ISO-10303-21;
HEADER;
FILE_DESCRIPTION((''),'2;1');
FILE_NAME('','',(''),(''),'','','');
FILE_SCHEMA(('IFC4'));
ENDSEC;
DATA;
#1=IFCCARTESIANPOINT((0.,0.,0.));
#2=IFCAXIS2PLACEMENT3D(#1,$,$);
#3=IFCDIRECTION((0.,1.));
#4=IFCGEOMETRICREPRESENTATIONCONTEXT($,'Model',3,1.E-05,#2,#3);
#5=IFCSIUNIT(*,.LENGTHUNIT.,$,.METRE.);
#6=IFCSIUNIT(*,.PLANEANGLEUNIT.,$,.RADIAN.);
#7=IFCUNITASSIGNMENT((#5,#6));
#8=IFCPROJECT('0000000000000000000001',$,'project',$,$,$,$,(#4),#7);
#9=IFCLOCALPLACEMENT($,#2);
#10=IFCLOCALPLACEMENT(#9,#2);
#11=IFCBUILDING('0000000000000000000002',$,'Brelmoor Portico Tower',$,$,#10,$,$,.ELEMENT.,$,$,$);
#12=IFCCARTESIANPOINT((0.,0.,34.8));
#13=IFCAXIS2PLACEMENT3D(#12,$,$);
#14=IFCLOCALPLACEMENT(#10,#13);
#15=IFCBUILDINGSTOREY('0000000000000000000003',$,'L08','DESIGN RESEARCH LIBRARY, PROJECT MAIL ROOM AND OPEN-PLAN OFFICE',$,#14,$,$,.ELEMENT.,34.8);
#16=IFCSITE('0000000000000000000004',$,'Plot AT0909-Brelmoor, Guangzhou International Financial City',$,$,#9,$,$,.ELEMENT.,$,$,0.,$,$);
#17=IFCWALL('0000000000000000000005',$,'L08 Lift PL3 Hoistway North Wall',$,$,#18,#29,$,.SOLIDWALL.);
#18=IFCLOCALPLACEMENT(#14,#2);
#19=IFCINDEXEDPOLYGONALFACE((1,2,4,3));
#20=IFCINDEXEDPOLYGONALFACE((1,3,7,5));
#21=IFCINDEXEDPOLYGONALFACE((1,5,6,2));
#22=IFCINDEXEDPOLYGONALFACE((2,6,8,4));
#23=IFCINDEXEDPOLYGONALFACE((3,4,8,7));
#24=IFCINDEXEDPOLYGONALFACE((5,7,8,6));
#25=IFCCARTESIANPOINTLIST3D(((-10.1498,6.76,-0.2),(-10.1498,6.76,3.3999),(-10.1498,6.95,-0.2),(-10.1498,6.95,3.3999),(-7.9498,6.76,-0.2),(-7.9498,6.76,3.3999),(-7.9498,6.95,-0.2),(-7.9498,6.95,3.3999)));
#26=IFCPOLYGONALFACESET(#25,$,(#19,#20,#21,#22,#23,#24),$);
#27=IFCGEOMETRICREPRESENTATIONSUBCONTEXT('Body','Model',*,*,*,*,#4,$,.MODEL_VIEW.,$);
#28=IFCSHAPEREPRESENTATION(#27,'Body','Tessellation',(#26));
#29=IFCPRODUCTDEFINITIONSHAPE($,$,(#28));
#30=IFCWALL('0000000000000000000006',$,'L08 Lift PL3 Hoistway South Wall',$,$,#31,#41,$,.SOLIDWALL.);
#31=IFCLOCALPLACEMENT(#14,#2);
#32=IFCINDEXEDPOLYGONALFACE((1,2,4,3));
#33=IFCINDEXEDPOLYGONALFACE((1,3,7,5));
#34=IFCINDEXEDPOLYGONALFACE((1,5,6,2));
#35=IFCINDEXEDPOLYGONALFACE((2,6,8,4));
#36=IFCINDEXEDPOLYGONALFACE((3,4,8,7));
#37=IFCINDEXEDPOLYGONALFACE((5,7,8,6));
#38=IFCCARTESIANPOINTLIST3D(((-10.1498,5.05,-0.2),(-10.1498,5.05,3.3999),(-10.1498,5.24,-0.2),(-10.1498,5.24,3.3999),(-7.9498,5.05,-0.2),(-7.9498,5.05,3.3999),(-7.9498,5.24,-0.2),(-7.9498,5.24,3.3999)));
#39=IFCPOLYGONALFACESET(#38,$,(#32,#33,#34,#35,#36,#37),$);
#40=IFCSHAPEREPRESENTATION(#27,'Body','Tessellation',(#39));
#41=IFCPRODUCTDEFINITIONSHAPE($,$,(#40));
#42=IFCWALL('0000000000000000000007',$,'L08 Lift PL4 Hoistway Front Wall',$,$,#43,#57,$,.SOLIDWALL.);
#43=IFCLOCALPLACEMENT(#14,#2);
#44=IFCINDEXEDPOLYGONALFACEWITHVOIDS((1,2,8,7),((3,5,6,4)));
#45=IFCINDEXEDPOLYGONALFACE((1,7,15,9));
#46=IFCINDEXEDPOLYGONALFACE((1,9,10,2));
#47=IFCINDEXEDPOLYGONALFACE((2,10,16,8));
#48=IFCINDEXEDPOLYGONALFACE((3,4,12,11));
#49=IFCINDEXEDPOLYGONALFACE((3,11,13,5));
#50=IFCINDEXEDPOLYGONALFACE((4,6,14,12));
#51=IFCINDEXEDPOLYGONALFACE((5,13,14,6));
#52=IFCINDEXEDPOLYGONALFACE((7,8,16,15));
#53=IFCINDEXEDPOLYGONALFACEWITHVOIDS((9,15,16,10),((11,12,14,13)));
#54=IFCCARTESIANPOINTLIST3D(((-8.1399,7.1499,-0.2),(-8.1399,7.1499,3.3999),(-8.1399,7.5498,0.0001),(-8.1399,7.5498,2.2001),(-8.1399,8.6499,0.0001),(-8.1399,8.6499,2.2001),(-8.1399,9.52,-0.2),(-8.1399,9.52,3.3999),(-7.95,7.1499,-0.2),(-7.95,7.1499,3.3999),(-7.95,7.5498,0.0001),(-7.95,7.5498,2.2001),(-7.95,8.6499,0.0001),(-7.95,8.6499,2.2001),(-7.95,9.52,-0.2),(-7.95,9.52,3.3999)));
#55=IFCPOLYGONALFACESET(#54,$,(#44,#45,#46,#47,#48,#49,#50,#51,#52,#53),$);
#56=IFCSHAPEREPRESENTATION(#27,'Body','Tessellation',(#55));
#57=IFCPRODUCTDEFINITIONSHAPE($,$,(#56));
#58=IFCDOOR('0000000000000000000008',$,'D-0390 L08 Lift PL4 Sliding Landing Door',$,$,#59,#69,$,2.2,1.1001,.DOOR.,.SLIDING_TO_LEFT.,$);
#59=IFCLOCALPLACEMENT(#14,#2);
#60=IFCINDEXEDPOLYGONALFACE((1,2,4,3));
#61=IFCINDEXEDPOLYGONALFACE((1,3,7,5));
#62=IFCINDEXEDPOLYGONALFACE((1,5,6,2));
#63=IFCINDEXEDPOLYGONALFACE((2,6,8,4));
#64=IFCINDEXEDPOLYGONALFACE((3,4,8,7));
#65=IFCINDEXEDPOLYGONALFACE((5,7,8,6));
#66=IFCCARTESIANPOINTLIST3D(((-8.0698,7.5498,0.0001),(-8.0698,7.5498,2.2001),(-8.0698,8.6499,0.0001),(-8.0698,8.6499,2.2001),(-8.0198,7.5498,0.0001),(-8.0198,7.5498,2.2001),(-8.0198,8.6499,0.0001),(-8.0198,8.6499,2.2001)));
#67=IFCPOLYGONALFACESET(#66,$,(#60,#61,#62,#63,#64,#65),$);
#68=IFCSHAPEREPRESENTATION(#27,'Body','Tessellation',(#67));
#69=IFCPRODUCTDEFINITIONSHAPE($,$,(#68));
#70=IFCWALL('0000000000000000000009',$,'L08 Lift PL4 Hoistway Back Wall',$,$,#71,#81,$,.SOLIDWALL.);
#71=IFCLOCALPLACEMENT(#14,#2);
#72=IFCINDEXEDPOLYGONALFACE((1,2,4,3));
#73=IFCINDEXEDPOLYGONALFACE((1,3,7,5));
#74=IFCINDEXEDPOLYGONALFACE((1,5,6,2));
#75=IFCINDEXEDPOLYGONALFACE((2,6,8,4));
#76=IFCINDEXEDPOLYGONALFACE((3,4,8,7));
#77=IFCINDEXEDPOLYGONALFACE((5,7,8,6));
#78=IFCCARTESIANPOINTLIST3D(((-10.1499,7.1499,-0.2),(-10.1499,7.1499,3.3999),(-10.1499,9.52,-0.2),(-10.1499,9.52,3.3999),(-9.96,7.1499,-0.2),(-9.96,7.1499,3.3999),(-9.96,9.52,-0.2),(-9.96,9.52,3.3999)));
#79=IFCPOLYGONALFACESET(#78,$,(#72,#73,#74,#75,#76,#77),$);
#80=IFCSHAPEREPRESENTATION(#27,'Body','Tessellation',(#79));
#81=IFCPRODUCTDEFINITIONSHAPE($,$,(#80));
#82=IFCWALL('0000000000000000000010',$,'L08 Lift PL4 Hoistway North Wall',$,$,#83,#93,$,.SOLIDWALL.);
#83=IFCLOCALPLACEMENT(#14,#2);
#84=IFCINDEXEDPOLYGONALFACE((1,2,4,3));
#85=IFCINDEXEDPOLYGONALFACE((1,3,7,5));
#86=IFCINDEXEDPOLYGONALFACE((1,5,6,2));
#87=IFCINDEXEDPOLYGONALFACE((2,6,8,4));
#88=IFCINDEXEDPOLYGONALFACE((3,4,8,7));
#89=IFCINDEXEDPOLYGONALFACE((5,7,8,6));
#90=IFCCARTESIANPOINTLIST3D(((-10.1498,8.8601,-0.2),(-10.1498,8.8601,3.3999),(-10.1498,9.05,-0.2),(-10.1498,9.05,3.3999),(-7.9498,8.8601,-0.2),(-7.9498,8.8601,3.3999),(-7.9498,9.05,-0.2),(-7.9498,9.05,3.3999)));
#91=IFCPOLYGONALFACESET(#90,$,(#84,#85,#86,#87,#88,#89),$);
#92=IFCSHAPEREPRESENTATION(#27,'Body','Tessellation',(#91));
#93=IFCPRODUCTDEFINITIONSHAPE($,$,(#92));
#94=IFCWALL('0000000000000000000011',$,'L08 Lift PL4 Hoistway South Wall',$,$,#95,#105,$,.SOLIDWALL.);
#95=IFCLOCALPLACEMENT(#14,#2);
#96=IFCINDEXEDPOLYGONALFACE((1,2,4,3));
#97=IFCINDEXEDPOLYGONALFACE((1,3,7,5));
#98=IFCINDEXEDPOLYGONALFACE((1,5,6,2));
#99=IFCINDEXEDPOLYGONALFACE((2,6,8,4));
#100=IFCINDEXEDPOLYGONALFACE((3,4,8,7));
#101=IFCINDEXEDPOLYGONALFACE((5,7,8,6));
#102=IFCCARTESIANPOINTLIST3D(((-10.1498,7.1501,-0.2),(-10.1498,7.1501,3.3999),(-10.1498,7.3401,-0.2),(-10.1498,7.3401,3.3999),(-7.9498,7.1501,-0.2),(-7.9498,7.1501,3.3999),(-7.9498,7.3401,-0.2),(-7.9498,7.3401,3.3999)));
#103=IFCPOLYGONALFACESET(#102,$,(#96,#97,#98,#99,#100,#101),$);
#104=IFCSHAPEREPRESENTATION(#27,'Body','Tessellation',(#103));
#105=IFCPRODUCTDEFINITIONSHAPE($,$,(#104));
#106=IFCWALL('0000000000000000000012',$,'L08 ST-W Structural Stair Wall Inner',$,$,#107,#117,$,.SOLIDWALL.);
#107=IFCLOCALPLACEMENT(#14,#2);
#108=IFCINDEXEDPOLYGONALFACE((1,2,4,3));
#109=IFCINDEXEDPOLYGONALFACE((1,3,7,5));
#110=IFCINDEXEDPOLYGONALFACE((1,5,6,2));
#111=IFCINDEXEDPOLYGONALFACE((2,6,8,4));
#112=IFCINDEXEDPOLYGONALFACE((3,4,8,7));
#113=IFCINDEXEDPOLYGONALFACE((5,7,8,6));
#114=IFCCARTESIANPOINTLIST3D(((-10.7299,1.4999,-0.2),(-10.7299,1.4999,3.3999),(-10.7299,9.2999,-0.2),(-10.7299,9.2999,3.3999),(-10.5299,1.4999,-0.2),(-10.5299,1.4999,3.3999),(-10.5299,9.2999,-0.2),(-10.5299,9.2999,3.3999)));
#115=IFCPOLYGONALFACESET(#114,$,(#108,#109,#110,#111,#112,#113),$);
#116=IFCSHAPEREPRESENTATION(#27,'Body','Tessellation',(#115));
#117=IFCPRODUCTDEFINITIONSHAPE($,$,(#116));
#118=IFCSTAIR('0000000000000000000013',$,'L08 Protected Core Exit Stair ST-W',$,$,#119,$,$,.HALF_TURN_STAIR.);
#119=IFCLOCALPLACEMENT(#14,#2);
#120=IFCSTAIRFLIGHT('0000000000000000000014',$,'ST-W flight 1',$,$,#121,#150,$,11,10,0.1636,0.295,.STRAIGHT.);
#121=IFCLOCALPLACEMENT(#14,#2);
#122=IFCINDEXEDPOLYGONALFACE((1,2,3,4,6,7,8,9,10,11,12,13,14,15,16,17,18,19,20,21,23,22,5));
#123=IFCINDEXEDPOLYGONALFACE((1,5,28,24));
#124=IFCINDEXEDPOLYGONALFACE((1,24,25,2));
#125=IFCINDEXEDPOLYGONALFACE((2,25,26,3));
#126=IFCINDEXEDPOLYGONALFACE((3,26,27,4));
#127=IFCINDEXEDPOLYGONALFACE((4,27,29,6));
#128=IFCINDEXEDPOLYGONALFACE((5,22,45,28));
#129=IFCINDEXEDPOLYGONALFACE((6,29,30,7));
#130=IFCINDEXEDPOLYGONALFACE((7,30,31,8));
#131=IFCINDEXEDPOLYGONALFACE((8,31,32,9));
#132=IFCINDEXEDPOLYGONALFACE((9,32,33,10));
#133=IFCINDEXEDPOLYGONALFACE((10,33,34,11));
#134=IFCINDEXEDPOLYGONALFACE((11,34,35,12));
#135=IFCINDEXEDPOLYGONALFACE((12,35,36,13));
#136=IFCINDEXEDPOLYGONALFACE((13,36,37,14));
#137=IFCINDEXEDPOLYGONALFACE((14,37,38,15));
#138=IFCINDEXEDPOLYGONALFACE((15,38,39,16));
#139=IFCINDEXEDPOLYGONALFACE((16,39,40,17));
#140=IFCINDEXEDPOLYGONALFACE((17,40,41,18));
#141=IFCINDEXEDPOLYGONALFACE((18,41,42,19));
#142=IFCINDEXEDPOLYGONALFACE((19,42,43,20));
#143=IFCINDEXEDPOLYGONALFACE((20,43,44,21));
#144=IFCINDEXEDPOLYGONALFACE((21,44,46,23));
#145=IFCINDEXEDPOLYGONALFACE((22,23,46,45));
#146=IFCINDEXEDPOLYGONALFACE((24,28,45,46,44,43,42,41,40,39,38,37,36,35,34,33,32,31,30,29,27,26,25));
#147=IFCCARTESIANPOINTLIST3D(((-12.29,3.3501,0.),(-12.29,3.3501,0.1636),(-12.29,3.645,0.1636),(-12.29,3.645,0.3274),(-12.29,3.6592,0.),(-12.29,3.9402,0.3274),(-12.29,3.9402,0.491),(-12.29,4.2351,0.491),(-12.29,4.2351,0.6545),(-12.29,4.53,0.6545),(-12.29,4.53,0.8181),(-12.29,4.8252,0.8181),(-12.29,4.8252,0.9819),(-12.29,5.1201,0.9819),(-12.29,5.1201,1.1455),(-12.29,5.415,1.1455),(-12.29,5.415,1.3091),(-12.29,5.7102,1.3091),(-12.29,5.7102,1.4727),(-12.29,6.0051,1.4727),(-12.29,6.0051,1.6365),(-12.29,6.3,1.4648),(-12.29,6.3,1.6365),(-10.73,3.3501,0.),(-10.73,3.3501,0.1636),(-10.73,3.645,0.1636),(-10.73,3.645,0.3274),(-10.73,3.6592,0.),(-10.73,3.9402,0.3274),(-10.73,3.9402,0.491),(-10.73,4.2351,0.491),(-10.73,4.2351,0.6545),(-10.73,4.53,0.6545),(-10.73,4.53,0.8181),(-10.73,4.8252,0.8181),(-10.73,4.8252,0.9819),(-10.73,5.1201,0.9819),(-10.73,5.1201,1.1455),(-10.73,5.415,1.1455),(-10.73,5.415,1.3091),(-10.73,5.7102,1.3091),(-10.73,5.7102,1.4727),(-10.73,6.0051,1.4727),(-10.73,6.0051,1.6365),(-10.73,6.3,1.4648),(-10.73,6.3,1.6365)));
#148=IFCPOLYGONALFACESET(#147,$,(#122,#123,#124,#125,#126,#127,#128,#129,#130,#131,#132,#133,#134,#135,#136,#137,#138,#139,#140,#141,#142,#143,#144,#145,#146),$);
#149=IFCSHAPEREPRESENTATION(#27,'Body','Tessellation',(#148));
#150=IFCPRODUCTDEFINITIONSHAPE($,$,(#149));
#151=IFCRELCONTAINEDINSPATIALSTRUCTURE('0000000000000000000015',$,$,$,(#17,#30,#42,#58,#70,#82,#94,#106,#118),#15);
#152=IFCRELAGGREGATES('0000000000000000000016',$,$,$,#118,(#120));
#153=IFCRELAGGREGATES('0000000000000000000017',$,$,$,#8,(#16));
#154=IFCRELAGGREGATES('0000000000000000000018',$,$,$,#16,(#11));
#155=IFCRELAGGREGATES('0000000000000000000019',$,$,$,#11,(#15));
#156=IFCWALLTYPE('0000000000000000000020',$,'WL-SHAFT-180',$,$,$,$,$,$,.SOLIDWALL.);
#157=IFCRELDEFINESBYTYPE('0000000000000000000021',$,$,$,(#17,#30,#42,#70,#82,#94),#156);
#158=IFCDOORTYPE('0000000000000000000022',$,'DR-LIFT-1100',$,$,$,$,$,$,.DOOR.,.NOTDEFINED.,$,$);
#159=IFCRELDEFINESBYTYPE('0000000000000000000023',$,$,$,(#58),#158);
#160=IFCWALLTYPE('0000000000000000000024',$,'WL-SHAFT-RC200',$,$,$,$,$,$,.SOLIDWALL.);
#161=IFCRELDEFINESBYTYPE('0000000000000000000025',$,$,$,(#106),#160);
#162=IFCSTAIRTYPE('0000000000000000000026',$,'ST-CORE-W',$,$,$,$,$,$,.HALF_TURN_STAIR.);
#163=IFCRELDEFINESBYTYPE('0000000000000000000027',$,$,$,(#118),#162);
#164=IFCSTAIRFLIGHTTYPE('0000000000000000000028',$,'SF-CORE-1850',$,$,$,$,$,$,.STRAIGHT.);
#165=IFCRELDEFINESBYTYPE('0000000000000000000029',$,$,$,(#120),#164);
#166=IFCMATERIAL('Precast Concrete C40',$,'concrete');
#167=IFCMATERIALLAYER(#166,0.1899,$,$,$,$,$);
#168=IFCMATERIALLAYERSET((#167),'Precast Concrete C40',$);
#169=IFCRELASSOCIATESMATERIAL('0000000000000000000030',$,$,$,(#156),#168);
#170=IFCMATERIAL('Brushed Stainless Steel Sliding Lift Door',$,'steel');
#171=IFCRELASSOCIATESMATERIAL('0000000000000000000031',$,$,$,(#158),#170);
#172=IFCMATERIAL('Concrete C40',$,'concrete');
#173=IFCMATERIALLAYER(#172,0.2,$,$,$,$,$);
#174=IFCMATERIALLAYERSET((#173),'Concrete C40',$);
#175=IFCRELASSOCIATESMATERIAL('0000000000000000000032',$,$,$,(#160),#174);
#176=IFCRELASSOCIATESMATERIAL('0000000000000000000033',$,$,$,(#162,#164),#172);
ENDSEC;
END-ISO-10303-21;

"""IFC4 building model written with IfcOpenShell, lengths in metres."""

from ifc_helpers import new_model, si_unit, direction, frame, frame_2d, origin, place, context, subcontext, project, spatial, polyline, rectangle, outline, extrude, material, layer, layer_set, type_object, element, fill, aggregate, save


model = new_model("IFC4")

# Units and contexts
model_context = context("Model", 3, precision=1e-05, world=origin(), true_north=direction((0.0, 1.0)))
body_context = subcontext(model_context, "Body", "Model", "MODEL_VIEW")
ifc_project = project(units=[si_unit("LENGTHUNIT", "METRE"), si_unit("PLANEANGLEUNIT", "RADIAN")], contexts=[model_context])

# Site, building, storey
site_placement = place(None, origin())
site = spatial("IfcSite", under=ifc_project, at=site_placement, Name="Plot AT0909-Brelmoor, Guangzhou International Financial City", CompositionType="ELEMENT", RefElevation=0.0)
building_placement = place(site_placement, origin())
building = spatial("IfcBuilding", under=site, at=building_placement, Name="Brelmoor Portico Tower", CompositionType="ELEMENT")
storey_placement = place(building_placement, frame((0.0, 0.0, 34.8)))
storey = spatial("IfcBuildingStorey", under=building, at=storey_placement, Name="L08", Description="DESIGN RESEARCH LIBRARY, PROJECT MAIL ROOM AND OPEN-PLAN OFFICE", CompositionType="ELEMENT", Elevation=34.8)

# Shared definitions
ifc_material_1 = material(Name="Precast Concrete C40", Category="concrete")
ifc_layer_1 = layer(ifc_material_1, 0.1899)
ifc_layer_set_1 = layer_set([ifc_layer_1], Name="Precast Concrete C40")
wall_type_1 = type_object("IfcWallType", Name="WL-SHAFT-180", PredefinedType="SOLIDWALL", material=ifc_layer_set_1)
ifc_material_2 = material(Name="Brushed Stainless Steel Sliding Lift Door", Category="steel")
door_type_1 = type_object("IfcDoorType", Name="DR-LIFT-1100", OperationType="NOTDEFINED", PredefinedType="DOOR", material=ifc_material_2)

# Walls
for number, where, z_axis, x_axis, name in (
    (1, (-10.1499, 6.855, -0.2), (0.0, 0.0, 1.0), (1.0, 0.0, 0.0), "L08 Lift PL3 Hoistway North Wall"),
    (2, (-10.1499, 5.145, -0.2), (0.0, 0.0, 1.0), (1.0, 0.0, 0.0), "L08 Lift PL3 Hoistway South Wall"),
):
    element("IfcWall", number, at=place(storey_placement, frame(where, z_axis=z_axis, x_axis=x_axis)), inside=storey, type_object=wall_type_1, Name=name, PredefinedType="SOLIDWALL", context=body_context, shape_type="SweptSolid", body=[
        extrude(rectangle(XDim=2.2, YDim=0.1899, at=frame_2d((1.1001, 0.0))), origin(), (0.0, 0.0, 1.0), 3.5999),
    ])

# Wall, opening, door
wall_1_placement = place(storey_placement, frame((-8.0449, 7.1499, -0.2), z_axis=(0.0, 0.0, 1.0), x_axis=(0.0, 1.0, 0.0)))
wall_1 = element("IfcWall", 3, at=wall_1_placement, inside=storey, type_object=wall_type_1, Name="L08 Lift PL4 Hoistway Front Wall", PredefinedType="SOLIDWALL", context=body_context, shape_type="SweptSolid", body=[
    extrude(rectangle(XDim=2.3701, YDim=0.1899, at=frame_2d((1.1851, 0.0))), origin(), (0.0, 0.0, 1.0), 3.5999),
])
opening_1_placement = place(wall_1_placement, frame((0.3999, 0.0, 0.2)))
opening_1 = element("IfcOpeningElement", 4, at=opening_1_placement, cuts=wall_1, PredefinedType="OPENING", context=body_context, shape_type="SweptSolid", body=[
    extrude(rectangle(XDim=1.1001, YDim=2.2, at=frame_2d((0.55, 1.1001))), frame((0.0, 0.105, 0.0), z_axis=(0.0, -1.0, 0.0), x_axis=(1.0, 0.0, 0.0)), (0.0, 0.0, 1.0), 0.21),
])
door_1_placement = place(opening_1_placement, origin())
door_1 = element("IfcDoor", 5, at=door_1_placement, inside=storey, type_object=door_type_1, Name="D-0390 L08 Lift PL4 Sliding Landing Door", OperationType="SLIDING_TO_LEFT", OverallHeight=2.2, OverallWidth=1.1001, PredefinedType="DOOR", context=body_context, shape_type="SweptSolid", body=[
    extrude(rectangle(XDim=1.1001, YDim=2.2, at=frame_2d((0.55, 1.1001))), frame((0.0, 0.0249, 0.0), z_axis=(0.0, -1.0, 0.0), x_axis=(1.0, 0.0, 0.0)), (0.0, 0.0, 1.0), 0.05),
])
fill(opening_1, door_1)

# Walls
wall_2_placement = place(storey_placement, frame((-10.0549, 7.1499, -0.2), z_axis=(0.0, 0.0, 1.0), x_axis=(0.0, 1.0, 0.0)))
element("IfcWall", 6, at=wall_2_placement, inside=storey, type_object=wall_type_1, Name="L08 Lift PL4 Hoistway Back Wall", PredefinedType="SOLIDWALL", context=body_context, shape_type="SweptSolid", body=[
    extrude(rectangle(XDim=2.3701, YDim=0.1899, at=frame_2d((1.1851, 0.0))), origin(), (0.0, 0.0, 1.0), 3.5999),
])
for number, where, z_axis, x_axis, name in (
    (7, (-10.1499, 8.9551, -0.2), (0.0, 0.0, 1.0), (1.0, 0.0, 0.0), "L08 Lift PL4 Hoistway North Wall"),
    (8, (-10.1499, 7.2451, -0.2), (0.0, 0.0, 1.0), (1.0, 0.0, 0.0), "L08 Lift PL4 Hoistway South Wall"),
):
    element("IfcWall", number, at=place(storey_placement, frame(where, z_axis=z_axis, x_axis=x_axis)), inside=storey, type_object=wall_type_1, Name=name, PredefinedType="SOLIDWALL", context=body_context, shape_type="SweptSolid", body=[
        extrude(rectangle(XDim=2.2, YDim=0.1899, at=frame_2d((1.1001, 0.0))), origin(), (0.0, 0.0, 1.0), 3.5999),
    ])
ifc_material_3 = material(Name="Concrete C40", Category="concrete")
ifc_layer_2 = layer(ifc_material_3, 0.2)
ifc_layer_set_2 = layer_set([ifc_layer_2], Name="Concrete C40")
wall_type_2 = type_object("IfcWallType", Name="WL-SHAFT-RC200", PredefinedType="SOLIDWALL", material=ifc_layer_set_2)
wall_3_placement = place(storey_placement, frame((-10.6299, 1.5, -0.2), z_axis=(0.0, 0.0, 1.0), x_axis=(0.0, 1.0, 0.0)))
element("IfcWall", 9, at=wall_3_placement, inside=storey, type_object=wall_type_2, Name="L08 ST-W Structural Stair Wall Inner", PredefinedType="SOLIDWALL", context=body_context, shape_type="SweptSolid", body=[
    extrude(rectangle(XDim=7.8, YDim=0.2, at=frame_2d((3.8999, 0.0))), origin(), (0.0, 0.0, 1.0), 3.5999),
])

# Stair, stair flight
stair_type = type_object("IfcStairType", Name="ST-CORE-W", PredefinedType="HALF_TURN_STAIR", material=ifc_material_3)
stair_placement = place(storey_placement, origin())
stair = element("IfcStair", 10, at=stair_placement, inside=storey, type_object=stair_type, Name="L08 Protected Core Exit Stair ST-W", PredefinedType="HALF_TURN_STAIR")
stair_flight_type = type_object("IfcStairFlightType", Name="SF-CORE-1850", PredefinedType="STRAIGHT", material=ifc_material_3)
stair_flight_placement = place(storey_placement, frame((-11.51, 3.3501, 0.0), z_axis=(0.0, 0.0, 1.0), x_axis=(0.0, 1.0, 0.0)))
stair_flight = element("IfcStairFlight", 11, at=stair_flight_placement, type_object=stair_flight_type, Name="ST-W flight 1", NumberOfRisers=11, NumberOfTreads=10, PredefinedType="STRAIGHT", RiserHeight=0.1636, TreadLength=0.295, context=body_context, shape_type="SweptSolid", body=[
    extrude(outline(polyline([(0.0, 0.0), (0.0, 0.1636), (0.2949, 0.1636), (0.2949, 0.3274), (0.5901, 0.3274), (0.5901, 0.491), (0.885, 0.491), (0.885, 0.6545), (1.1799, 0.6545), (1.1799, 0.8181), (1.4751, 0.8181), (1.4751, 0.9819), (1.77, 0.9819), (1.77, 1.1455), (2.0649, 1.1455), (2.0649, 1.3091), (2.3601, 1.3091), (2.3601, 1.4727), (2.655, 1.4727), (2.655, 1.6365), (2.95, 1.6365), (2.95, 1.8), (2.95, 1.4648), (0.3091, 0.0), (0.0, 0.0)])), frame((0.0, 0.78, 0.0), z_axis=(0.0, -1.0, 0.0), x_axis=(1.0, 0.0, 0.0)), (0.0, 0.0, 1.0), 1.5601),
])
aggregate(stair, [stair_flight])

save(model, "model.ifc")
